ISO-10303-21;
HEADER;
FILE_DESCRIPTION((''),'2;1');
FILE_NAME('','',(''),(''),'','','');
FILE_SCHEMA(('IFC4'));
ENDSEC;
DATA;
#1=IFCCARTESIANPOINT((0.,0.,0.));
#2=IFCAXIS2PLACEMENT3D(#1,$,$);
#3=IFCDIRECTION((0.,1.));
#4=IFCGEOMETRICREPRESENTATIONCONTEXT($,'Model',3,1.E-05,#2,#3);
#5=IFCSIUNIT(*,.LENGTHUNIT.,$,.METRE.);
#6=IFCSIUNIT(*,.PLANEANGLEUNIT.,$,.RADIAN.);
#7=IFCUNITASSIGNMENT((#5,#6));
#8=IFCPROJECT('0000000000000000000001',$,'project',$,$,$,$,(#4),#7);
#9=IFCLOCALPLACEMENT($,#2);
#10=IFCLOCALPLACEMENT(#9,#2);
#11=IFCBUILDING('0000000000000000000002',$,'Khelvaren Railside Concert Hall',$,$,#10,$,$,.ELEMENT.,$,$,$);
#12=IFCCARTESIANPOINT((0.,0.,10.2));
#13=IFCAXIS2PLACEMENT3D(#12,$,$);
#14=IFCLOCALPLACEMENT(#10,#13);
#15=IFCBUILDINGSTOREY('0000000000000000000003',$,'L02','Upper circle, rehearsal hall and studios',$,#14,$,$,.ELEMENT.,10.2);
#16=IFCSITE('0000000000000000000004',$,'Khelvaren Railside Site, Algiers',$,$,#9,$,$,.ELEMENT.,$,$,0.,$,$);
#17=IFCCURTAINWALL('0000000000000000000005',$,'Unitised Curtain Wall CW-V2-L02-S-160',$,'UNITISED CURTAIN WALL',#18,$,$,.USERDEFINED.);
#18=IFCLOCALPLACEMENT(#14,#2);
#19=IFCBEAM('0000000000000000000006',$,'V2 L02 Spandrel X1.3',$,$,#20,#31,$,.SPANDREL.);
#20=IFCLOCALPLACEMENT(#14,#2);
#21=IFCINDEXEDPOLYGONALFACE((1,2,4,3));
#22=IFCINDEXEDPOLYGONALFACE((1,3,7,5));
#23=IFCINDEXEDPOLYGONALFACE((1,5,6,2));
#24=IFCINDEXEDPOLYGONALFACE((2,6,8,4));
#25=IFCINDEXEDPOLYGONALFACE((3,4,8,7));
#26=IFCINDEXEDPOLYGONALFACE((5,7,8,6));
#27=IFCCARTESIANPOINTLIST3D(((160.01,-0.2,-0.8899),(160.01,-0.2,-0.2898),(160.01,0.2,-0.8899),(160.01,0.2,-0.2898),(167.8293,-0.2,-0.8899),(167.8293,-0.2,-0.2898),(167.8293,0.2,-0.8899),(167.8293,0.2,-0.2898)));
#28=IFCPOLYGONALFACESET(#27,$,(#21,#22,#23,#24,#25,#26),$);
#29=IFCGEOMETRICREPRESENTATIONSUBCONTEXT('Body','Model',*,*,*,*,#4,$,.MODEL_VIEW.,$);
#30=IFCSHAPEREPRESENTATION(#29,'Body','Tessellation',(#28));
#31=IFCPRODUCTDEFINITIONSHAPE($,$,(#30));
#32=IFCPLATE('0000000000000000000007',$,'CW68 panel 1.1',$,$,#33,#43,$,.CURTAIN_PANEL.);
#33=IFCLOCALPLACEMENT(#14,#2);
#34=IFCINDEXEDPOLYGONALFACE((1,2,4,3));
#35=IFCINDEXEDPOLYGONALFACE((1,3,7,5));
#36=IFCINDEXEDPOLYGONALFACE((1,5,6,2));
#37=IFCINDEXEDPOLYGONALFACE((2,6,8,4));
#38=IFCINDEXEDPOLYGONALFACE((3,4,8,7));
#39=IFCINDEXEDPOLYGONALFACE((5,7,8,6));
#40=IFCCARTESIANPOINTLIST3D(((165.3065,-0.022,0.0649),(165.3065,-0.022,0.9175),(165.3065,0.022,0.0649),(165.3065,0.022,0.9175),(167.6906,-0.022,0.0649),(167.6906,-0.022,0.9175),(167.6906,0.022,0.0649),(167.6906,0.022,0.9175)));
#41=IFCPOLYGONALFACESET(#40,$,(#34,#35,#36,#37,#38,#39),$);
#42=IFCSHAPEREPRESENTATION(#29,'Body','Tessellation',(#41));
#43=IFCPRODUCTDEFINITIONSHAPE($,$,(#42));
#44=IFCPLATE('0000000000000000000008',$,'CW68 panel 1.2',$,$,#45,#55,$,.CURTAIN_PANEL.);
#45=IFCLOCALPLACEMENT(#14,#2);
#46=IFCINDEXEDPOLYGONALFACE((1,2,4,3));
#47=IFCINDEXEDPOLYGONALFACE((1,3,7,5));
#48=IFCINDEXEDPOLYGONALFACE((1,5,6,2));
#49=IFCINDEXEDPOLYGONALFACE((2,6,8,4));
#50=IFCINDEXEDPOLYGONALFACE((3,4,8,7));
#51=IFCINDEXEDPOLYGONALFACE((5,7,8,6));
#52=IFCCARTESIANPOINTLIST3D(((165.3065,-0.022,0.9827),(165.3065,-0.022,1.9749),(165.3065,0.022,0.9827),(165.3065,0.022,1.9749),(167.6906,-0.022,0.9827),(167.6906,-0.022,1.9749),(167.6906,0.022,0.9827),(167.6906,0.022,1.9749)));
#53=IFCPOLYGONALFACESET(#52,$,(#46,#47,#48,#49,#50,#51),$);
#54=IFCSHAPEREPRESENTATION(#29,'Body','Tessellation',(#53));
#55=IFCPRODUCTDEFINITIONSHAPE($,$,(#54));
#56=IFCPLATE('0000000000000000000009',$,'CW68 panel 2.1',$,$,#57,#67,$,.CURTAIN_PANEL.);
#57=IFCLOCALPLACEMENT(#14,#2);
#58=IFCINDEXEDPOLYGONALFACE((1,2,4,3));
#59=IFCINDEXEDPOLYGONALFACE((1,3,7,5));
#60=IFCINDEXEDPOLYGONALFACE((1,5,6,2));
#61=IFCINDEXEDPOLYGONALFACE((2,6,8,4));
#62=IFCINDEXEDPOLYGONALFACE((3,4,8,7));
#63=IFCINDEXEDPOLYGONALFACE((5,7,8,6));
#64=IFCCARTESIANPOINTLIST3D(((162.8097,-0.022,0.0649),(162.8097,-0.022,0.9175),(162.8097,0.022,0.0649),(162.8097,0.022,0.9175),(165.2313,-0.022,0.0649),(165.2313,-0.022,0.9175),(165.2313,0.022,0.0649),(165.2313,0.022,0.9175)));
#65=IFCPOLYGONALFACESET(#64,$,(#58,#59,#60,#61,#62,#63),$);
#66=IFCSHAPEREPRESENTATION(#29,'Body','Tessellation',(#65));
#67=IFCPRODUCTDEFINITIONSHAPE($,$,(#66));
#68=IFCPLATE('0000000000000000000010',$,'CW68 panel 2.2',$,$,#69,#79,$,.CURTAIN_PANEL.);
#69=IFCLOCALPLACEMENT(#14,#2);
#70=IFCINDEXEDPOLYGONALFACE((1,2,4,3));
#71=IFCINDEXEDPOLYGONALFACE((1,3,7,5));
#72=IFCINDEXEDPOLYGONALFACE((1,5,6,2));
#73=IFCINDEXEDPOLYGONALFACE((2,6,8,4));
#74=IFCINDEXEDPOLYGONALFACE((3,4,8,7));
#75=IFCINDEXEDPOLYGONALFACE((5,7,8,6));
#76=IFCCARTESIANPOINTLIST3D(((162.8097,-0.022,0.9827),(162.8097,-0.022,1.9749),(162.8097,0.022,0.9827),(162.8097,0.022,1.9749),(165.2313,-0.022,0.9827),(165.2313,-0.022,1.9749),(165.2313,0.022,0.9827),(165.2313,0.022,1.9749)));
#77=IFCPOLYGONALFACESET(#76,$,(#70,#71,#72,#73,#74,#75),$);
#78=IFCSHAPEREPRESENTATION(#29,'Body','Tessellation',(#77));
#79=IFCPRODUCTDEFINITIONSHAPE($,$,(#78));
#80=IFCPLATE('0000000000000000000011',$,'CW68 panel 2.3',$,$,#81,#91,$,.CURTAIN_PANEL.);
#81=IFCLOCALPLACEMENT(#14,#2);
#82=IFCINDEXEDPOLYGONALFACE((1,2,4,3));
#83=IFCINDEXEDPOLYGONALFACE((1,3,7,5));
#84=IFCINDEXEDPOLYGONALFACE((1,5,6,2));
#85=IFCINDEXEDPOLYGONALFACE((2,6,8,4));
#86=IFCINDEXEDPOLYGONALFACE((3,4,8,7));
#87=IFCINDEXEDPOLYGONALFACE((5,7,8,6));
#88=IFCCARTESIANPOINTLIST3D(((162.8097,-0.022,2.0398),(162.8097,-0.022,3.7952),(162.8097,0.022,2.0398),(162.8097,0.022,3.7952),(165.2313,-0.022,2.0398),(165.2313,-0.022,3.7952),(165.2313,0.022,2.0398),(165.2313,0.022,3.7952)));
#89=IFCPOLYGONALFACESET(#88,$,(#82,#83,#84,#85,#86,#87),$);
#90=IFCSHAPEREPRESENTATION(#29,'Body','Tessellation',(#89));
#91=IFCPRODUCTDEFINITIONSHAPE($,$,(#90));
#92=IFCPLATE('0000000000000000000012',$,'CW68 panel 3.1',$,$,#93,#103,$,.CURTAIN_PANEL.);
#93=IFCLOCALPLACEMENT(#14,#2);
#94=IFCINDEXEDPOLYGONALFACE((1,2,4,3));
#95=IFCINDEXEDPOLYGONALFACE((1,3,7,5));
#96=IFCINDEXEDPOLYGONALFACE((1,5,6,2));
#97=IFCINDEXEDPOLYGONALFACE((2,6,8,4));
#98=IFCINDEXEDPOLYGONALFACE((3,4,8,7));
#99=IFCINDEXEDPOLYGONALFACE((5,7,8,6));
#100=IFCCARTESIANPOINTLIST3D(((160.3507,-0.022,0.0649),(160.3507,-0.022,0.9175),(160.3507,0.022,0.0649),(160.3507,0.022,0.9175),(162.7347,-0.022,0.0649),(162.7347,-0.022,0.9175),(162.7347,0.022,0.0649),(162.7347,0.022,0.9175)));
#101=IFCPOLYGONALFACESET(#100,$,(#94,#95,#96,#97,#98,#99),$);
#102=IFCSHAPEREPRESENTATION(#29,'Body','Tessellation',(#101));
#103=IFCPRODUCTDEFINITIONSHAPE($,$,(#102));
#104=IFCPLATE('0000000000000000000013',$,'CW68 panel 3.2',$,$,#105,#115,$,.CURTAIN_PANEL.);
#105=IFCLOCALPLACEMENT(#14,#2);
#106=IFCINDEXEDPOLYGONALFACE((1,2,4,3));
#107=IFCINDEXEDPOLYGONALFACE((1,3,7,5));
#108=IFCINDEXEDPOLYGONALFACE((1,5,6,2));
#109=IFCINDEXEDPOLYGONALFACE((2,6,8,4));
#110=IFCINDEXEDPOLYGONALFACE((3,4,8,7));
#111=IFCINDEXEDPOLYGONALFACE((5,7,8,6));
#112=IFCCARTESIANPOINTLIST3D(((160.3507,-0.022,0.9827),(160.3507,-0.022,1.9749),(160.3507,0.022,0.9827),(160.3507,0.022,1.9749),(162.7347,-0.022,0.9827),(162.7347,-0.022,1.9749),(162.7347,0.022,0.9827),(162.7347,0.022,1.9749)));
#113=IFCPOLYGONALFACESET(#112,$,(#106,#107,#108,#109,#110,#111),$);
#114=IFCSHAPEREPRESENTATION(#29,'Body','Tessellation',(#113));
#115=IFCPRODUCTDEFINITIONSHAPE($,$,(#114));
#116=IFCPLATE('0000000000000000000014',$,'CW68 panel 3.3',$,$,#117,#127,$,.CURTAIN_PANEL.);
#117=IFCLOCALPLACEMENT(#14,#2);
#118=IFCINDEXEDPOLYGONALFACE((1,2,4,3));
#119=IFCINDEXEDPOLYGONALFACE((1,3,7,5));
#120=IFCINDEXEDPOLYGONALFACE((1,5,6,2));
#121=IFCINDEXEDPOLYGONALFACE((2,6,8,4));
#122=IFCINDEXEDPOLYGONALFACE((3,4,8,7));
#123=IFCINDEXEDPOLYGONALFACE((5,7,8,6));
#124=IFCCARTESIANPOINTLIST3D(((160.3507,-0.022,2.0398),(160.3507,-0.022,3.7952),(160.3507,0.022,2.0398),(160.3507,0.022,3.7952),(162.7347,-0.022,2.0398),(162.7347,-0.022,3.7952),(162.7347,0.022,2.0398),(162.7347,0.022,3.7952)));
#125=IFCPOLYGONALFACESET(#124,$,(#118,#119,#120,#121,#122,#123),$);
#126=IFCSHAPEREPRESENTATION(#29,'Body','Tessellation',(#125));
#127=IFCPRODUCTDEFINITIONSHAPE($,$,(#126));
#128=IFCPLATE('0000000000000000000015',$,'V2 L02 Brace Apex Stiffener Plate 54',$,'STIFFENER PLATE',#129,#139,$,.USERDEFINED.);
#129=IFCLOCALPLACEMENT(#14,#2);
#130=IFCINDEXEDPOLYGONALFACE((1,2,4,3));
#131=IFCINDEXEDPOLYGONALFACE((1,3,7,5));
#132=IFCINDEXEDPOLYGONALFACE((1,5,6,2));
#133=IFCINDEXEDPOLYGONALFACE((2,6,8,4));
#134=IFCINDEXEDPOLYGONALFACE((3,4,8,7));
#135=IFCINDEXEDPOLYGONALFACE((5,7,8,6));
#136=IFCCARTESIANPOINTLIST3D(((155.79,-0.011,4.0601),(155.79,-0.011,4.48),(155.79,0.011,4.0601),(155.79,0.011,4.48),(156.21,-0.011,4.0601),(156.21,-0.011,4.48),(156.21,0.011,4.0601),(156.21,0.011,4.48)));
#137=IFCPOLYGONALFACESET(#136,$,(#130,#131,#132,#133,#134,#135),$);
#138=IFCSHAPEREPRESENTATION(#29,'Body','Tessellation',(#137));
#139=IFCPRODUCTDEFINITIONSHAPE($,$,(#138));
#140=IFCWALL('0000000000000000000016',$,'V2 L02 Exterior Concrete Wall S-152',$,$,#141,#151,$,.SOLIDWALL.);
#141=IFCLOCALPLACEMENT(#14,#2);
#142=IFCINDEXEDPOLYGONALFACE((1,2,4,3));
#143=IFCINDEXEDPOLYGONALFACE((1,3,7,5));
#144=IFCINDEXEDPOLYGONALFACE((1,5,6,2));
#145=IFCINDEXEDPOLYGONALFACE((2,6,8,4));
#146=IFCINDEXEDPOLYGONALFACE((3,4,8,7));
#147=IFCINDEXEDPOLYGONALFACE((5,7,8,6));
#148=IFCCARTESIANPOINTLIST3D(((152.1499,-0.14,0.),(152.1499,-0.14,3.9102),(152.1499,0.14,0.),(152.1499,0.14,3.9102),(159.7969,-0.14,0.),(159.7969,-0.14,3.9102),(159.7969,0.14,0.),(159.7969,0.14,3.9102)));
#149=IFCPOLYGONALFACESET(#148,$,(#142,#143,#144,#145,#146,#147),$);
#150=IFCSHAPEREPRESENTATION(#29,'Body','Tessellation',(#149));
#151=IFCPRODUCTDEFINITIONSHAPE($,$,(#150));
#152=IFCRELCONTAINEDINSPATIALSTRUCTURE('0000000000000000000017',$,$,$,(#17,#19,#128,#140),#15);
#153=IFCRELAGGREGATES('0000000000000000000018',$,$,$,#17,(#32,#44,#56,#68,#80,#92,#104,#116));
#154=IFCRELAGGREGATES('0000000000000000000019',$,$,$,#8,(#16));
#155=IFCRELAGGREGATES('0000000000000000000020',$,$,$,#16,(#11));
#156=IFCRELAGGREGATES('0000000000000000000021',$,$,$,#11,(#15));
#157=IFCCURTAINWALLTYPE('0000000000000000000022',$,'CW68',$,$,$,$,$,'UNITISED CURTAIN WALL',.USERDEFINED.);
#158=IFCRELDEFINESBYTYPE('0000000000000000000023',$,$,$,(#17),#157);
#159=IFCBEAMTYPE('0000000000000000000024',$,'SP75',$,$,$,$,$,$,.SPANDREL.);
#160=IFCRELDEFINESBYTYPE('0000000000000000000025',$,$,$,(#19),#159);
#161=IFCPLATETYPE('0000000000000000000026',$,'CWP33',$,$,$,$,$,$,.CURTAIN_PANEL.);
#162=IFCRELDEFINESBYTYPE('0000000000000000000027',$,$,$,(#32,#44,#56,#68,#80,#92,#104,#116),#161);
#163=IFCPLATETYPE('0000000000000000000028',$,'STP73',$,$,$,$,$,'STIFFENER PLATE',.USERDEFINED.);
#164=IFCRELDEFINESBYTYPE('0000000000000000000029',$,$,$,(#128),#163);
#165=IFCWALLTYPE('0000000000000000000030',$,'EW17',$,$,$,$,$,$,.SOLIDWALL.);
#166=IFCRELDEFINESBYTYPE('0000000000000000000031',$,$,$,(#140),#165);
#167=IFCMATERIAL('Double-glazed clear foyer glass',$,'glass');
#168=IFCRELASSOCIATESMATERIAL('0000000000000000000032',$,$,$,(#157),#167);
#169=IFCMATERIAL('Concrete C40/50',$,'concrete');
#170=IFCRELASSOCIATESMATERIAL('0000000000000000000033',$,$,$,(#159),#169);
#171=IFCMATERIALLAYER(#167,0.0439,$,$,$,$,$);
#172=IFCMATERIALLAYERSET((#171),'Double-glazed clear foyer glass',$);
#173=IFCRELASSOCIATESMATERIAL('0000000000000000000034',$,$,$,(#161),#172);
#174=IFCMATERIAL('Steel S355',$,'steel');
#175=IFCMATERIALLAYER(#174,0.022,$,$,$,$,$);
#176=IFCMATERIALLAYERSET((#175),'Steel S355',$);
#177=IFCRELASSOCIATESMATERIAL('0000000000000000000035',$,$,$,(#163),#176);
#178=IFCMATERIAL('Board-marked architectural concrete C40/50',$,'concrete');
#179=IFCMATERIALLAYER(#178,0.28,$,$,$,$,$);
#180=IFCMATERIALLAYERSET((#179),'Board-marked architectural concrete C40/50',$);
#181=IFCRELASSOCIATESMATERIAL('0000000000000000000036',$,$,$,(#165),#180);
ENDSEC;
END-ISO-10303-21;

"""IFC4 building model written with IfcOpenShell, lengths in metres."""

from ifc_helpers import new_model, si_unit, direction, frame, frame_2d, origin, origin_2d, place, context, subcontext, project, spatial, rectangle, extrude, material, layer, layer_set, material_profile, profile_set, type_object, element, aggregate, save


model = new_model("IFC4")

# Units and contexts
model_context = context("Model", 3, precision=1e-05, world=origin(), true_north=direction((0.0, 1.0)))
body_context = subcontext(model_context, "Body", "Model", "MODEL_VIEW")
ifc_project = project(units=[si_unit("LENGTHUNIT", "METRE"), si_unit("PLANEANGLEUNIT", "RADIAN")], contexts=[model_context])

# Site, building, storey
site_placement = place(None, origin())
site = spatial("IfcSite", under=ifc_project, at=site_placement, Name="Khelvaren Railside Site, Algiers", CompositionType="ELEMENT", RefElevation=0.0)
building_placement = place(site_placement, origin())
building = spatial("IfcBuilding", under=site, at=building_placement, Name="Khelvaren Railside Concert Hall", CompositionType="ELEMENT")
storey_placement = place(building_placement, frame((0.0, 0.0, 10.2)))
storey = spatial("IfcBuildingStorey", under=building, at=storey_placement, Name="L02", Description="Upper circle, rehearsal hall and studios", CompositionType="ELEMENT", Elevation=10.2)

# Shared definitions
ifc_material_1 = material(Name="Steel S355", Category="steel")

# Curtain wall
ifc_material_2 = material(Name="Double-glazed clear foyer glass", Category="glass")
curtain_wall_type = type_object("IfcCurtainWallType", Name="CW68", ElementType="UNITISED CURTAIN WALL", PredefinedType="USERDEFINED", material=ifc_material_2)
curtain_wall_placement = place(storey_placement, origin())
curtain_wall = element("IfcCurtainWall", 1, at=curtain_wall_placement, inside=storey, type_object=curtain_wall_type, Name="Unitised Curtain Wall CW-V2-L02-S-160", ObjectType="UNITISED CURTAIN WALL", PredefinedType="USERDEFINED")

# Beam
ifc_material_3 = material(Name="Concrete C40/50", Category="concrete")
ifc_material_profile_1 = material_profile(ifc_material_3, rectangle(XDim=0.3999, YDim=0.6001, at=origin_2d()), Name="RCB 400x600")
ifc_profile_set_1 = profile_set([ifc_material_profile_1], Name="Concrete C40/50")
beam_type_1 = type_object("IfcBeamType", Name="SP75", PredefinedType="SPANDREL", material=ifc_profile_set_1)
beam_1_placement = place(storey_placement, frame((160.01, 0.0, -0.5898), z_axis=(1.0, 0.0, 0.0), x_axis=(0.0, 1.0, 0.0)))
element("IfcBeam", 2, at=beam_1_placement, inside=storey, type_object=beam_type_1, Name="V2 L02 Spandrel X1.3", PredefinedType="SPANDREL", context=body_context, shape_type="SweptSolid", body=[
    extrude(rectangle(XDim=0.3999, YDim=0.6001, at=origin_2d()), origin(), (0.0, 0.0, 1.0), 7.8193),
])

# Plates
ifc_layer_1 = layer(ifc_material_2, 0.0439)
ifc_layer_set_1 = layer_set([ifc_layer_1], Name="Double-glazed clear foyer glass")
plate_type_1 = type_object("IfcPlateType", Name="CWP33", PredefinedType="CURTAIN_PANEL", material=ifc_layer_set_1)
plate_1_placement = place(storey_placement, frame((166.4985, 0.0, 0.0649), z_axis=(0.0, 0.0, 1.0), x_axis=(-1.0, 0.0, 0.0)))
plate_1 = element("IfcPlate", 3, at=plate_1_placement, type_object=plate_type_1, Name="CW68 panel 1.1", PredefinedType="CURTAIN_PANEL", context=body_context, shape_type="SweptSolid", body=[
    extrude(rectangle(XDim=2.384, YDim=0.0439, at=origin_2d()), origin(), (0.0, 0.0, 1.0), 0.8525),
])
plate_2_placement = place(storey_placement, frame((166.4985, 0.0, 0.9827), z_axis=(0.0, 0.0, 1.0), x_axis=(-1.0, 0.0, 0.0)))
plate_2 = element("IfcPlate", 4, at=plate_2_placement, type_object=plate_type_1, Name="CW68 panel 1.2", PredefinedType="CURTAIN_PANEL", context=body_context, shape_type="SweptSolid", body=[
    extrude(rectangle(XDim=2.384, YDim=0.0439, at=origin_2d()), origin(), (0.0, 0.0, 1.0), 0.9922),
])
plate_3_placement = place(storey_placement, frame((164.0205, 0.0, 0.0649), z_axis=(0.0, 0.0, 1.0), x_axis=(-1.0, 0.0, 0.0)))
plate_3 = element("IfcPlate", 5, at=plate_3_placement, type_object=plate_type_1, Name="CW68 panel 2.1", PredefinedType="CURTAIN_PANEL", context=body_context, shape_type="SweptSolid", body=[
    extrude(rectangle(XDim=2.4216, YDim=0.0439, at=origin_2d()), origin(), (0.0, 0.0, 1.0), 0.8525),
])
plate_4_placement = place(storey_placement, frame((164.0205, 0.0, 0.9827), z_axis=(0.0, 0.0, 1.0), x_axis=(-1.0, 0.0, 0.0)))
plate_4 = element("IfcPlate", 6, at=plate_4_placement, type_object=plate_type_1, Name="CW68 panel 2.2", PredefinedType="CURTAIN_PANEL", context=body_context, shape_type="SweptSolid", body=[
    extrude(rectangle(XDim=2.4216, YDim=0.0439, at=origin_2d()), origin(), (0.0, 0.0, 1.0), 0.9922),
])
plate_5_placement = place(storey_placement, frame((164.0205, 0.0, 2.0398), z_axis=(0.0, 0.0, 1.0), x_axis=(-1.0, 0.0, 0.0)))
plate_5 = element("IfcPlate", 7, at=plate_5_placement, type_object=plate_type_1, Name="CW68 panel 2.3", PredefinedType="CURTAIN_PANEL", context=body_context, shape_type="SweptSolid", body=[
    extrude(rectangle(XDim=2.4216, YDim=0.0439, at=origin_2d()), origin(), (0.0, 0.0, 1.0), 1.7554),
])
plate_6_placement = place(storey_placement, frame((161.5427, 0.0, 0.0649), z_axis=(0.0, 0.0, 1.0), x_axis=(-1.0, 0.0, 0.0)))
plate_6 = element("IfcPlate", 8, at=plate_6_placement, type_object=plate_type_1, Name="CW68 panel 3.1", PredefinedType="CURTAIN_PANEL", context=body_context, shape_type="SweptSolid", body=[
    extrude(rectangle(XDim=2.384, YDim=0.0439, at=origin_2d()), origin(), (0.0, 0.0, 1.0), 0.8525),
])
plate_7_placement = place(storey_placement, frame((161.5427, 0.0, 0.9827), z_axis=(0.0, 0.0, 1.0), x_axis=(-1.0, 0.0, 0.0)))
plate_7 = element("IfcPlate", 9, at=plate_7_placement, type_object=plate_type_1, Name="CW68 panel 3.2", PredefinedType="CURTAIN_PANEL", context=body_context, shape_type="SweptSolid", body=[
    extrude(rectangle(XDim=2.384, YDim=0.0439, at=origin_2d()), origin(), (0.0, 0.0, 1.0), 0.9922),
])
plate_8_placement = place(storey_placement, frame((161.5427, 0.0, 2.0398), z_axis=(0.0, 0.0, 1.0), x_axis=(-1.0, 0.0, 0.0)))
plate_8 = element("IfcPlate", 10, at=plate_8_placement, type_object=plate_type_1, Name="CW68 panel 3.3", PredefinedType="CURTAIN_PANEL", context=body_context, shape_type="SweptSolid", body=[
    extrude(rectangle(XDim=2.384, YDim=0.0439, at=origin_2d()), origin(), (0.0, 0.0, 1.0), 1.7554),
])
aggregate(curtain_wall, [plate_1, plate_2, plate_3, plate_4, plate_5, plate_6, plate_7, plate_8])
ifc_layer_2 = layer(ifc_material_1, 0.022)
ifc_layer_set_2 = layer_set([ifc_layer_2], Name="Steel S355")
plate_type_2 = type_object("IfcPlateType", Name="STP73", ElementType="STIFFENER PLATE", PredefinedType="USERDEFINED", material=ifc_layer_set_2)
plate_9_placement = place(storey_placement, frame((156.0, 0.0, 4.0601), z_axis=(0.0, 0.0, 1.0), x_axis=(1.0, 0.0, 0.0)))
element("IfcPlate", 11, at=plate_9_placement, inside=storey, type_object=plate_type_2, Name="V2 L02 Brace Apex Stiffener Plate 54", ObjectType="STIFFENER PLATE", PredefinedType="USERDEFINED", context=body_context, shape_type="SweptSolid", body=[
    extrude(rectangle(XDim=0.4199, YDim=0.022, at=origin_2d()), origin(), (0.0, 0.0, 1.0), 0.4199),
])

# Wall
ifc_material_4 = material(Name="Board-marked architectural concrete C40/50", Category="concrete")
ifc_layer_3 = layer(ifc_material_4, 0.28)
ifc_layer_set_3 = layer_set([ifc_layer_3], Name="Board-marked architectural concrete C40/50")
wall_type = type_object("IfcWallType", Name="EW17", PredefinedType="SOLIDWALL", material=ifc_layer_set_3)
wall_placement = place(storey_placement, frame((159.7969, 0.0, 0.0), z_axis=(0.0, 0.0, 1.0), x_axis=(-1.0, 0.0, 0.0)))
element("IfcWall", 12, at=wall_placement, inside=storey, type_object=wall_type, Name="V2 L02 Exterior Concrete Wall S-152", PredefinedType="SOLIDWALL", context=body_context, shape_type="SweptSolid", body=[
    extrude(rectangle(XDim=7.647, YDim=0.28, at=frame_2d((3.8235, 0.0))), origin(), (0.0, 0.0, 1.0), 3.9102),
])

save(model, "model.ifc")
